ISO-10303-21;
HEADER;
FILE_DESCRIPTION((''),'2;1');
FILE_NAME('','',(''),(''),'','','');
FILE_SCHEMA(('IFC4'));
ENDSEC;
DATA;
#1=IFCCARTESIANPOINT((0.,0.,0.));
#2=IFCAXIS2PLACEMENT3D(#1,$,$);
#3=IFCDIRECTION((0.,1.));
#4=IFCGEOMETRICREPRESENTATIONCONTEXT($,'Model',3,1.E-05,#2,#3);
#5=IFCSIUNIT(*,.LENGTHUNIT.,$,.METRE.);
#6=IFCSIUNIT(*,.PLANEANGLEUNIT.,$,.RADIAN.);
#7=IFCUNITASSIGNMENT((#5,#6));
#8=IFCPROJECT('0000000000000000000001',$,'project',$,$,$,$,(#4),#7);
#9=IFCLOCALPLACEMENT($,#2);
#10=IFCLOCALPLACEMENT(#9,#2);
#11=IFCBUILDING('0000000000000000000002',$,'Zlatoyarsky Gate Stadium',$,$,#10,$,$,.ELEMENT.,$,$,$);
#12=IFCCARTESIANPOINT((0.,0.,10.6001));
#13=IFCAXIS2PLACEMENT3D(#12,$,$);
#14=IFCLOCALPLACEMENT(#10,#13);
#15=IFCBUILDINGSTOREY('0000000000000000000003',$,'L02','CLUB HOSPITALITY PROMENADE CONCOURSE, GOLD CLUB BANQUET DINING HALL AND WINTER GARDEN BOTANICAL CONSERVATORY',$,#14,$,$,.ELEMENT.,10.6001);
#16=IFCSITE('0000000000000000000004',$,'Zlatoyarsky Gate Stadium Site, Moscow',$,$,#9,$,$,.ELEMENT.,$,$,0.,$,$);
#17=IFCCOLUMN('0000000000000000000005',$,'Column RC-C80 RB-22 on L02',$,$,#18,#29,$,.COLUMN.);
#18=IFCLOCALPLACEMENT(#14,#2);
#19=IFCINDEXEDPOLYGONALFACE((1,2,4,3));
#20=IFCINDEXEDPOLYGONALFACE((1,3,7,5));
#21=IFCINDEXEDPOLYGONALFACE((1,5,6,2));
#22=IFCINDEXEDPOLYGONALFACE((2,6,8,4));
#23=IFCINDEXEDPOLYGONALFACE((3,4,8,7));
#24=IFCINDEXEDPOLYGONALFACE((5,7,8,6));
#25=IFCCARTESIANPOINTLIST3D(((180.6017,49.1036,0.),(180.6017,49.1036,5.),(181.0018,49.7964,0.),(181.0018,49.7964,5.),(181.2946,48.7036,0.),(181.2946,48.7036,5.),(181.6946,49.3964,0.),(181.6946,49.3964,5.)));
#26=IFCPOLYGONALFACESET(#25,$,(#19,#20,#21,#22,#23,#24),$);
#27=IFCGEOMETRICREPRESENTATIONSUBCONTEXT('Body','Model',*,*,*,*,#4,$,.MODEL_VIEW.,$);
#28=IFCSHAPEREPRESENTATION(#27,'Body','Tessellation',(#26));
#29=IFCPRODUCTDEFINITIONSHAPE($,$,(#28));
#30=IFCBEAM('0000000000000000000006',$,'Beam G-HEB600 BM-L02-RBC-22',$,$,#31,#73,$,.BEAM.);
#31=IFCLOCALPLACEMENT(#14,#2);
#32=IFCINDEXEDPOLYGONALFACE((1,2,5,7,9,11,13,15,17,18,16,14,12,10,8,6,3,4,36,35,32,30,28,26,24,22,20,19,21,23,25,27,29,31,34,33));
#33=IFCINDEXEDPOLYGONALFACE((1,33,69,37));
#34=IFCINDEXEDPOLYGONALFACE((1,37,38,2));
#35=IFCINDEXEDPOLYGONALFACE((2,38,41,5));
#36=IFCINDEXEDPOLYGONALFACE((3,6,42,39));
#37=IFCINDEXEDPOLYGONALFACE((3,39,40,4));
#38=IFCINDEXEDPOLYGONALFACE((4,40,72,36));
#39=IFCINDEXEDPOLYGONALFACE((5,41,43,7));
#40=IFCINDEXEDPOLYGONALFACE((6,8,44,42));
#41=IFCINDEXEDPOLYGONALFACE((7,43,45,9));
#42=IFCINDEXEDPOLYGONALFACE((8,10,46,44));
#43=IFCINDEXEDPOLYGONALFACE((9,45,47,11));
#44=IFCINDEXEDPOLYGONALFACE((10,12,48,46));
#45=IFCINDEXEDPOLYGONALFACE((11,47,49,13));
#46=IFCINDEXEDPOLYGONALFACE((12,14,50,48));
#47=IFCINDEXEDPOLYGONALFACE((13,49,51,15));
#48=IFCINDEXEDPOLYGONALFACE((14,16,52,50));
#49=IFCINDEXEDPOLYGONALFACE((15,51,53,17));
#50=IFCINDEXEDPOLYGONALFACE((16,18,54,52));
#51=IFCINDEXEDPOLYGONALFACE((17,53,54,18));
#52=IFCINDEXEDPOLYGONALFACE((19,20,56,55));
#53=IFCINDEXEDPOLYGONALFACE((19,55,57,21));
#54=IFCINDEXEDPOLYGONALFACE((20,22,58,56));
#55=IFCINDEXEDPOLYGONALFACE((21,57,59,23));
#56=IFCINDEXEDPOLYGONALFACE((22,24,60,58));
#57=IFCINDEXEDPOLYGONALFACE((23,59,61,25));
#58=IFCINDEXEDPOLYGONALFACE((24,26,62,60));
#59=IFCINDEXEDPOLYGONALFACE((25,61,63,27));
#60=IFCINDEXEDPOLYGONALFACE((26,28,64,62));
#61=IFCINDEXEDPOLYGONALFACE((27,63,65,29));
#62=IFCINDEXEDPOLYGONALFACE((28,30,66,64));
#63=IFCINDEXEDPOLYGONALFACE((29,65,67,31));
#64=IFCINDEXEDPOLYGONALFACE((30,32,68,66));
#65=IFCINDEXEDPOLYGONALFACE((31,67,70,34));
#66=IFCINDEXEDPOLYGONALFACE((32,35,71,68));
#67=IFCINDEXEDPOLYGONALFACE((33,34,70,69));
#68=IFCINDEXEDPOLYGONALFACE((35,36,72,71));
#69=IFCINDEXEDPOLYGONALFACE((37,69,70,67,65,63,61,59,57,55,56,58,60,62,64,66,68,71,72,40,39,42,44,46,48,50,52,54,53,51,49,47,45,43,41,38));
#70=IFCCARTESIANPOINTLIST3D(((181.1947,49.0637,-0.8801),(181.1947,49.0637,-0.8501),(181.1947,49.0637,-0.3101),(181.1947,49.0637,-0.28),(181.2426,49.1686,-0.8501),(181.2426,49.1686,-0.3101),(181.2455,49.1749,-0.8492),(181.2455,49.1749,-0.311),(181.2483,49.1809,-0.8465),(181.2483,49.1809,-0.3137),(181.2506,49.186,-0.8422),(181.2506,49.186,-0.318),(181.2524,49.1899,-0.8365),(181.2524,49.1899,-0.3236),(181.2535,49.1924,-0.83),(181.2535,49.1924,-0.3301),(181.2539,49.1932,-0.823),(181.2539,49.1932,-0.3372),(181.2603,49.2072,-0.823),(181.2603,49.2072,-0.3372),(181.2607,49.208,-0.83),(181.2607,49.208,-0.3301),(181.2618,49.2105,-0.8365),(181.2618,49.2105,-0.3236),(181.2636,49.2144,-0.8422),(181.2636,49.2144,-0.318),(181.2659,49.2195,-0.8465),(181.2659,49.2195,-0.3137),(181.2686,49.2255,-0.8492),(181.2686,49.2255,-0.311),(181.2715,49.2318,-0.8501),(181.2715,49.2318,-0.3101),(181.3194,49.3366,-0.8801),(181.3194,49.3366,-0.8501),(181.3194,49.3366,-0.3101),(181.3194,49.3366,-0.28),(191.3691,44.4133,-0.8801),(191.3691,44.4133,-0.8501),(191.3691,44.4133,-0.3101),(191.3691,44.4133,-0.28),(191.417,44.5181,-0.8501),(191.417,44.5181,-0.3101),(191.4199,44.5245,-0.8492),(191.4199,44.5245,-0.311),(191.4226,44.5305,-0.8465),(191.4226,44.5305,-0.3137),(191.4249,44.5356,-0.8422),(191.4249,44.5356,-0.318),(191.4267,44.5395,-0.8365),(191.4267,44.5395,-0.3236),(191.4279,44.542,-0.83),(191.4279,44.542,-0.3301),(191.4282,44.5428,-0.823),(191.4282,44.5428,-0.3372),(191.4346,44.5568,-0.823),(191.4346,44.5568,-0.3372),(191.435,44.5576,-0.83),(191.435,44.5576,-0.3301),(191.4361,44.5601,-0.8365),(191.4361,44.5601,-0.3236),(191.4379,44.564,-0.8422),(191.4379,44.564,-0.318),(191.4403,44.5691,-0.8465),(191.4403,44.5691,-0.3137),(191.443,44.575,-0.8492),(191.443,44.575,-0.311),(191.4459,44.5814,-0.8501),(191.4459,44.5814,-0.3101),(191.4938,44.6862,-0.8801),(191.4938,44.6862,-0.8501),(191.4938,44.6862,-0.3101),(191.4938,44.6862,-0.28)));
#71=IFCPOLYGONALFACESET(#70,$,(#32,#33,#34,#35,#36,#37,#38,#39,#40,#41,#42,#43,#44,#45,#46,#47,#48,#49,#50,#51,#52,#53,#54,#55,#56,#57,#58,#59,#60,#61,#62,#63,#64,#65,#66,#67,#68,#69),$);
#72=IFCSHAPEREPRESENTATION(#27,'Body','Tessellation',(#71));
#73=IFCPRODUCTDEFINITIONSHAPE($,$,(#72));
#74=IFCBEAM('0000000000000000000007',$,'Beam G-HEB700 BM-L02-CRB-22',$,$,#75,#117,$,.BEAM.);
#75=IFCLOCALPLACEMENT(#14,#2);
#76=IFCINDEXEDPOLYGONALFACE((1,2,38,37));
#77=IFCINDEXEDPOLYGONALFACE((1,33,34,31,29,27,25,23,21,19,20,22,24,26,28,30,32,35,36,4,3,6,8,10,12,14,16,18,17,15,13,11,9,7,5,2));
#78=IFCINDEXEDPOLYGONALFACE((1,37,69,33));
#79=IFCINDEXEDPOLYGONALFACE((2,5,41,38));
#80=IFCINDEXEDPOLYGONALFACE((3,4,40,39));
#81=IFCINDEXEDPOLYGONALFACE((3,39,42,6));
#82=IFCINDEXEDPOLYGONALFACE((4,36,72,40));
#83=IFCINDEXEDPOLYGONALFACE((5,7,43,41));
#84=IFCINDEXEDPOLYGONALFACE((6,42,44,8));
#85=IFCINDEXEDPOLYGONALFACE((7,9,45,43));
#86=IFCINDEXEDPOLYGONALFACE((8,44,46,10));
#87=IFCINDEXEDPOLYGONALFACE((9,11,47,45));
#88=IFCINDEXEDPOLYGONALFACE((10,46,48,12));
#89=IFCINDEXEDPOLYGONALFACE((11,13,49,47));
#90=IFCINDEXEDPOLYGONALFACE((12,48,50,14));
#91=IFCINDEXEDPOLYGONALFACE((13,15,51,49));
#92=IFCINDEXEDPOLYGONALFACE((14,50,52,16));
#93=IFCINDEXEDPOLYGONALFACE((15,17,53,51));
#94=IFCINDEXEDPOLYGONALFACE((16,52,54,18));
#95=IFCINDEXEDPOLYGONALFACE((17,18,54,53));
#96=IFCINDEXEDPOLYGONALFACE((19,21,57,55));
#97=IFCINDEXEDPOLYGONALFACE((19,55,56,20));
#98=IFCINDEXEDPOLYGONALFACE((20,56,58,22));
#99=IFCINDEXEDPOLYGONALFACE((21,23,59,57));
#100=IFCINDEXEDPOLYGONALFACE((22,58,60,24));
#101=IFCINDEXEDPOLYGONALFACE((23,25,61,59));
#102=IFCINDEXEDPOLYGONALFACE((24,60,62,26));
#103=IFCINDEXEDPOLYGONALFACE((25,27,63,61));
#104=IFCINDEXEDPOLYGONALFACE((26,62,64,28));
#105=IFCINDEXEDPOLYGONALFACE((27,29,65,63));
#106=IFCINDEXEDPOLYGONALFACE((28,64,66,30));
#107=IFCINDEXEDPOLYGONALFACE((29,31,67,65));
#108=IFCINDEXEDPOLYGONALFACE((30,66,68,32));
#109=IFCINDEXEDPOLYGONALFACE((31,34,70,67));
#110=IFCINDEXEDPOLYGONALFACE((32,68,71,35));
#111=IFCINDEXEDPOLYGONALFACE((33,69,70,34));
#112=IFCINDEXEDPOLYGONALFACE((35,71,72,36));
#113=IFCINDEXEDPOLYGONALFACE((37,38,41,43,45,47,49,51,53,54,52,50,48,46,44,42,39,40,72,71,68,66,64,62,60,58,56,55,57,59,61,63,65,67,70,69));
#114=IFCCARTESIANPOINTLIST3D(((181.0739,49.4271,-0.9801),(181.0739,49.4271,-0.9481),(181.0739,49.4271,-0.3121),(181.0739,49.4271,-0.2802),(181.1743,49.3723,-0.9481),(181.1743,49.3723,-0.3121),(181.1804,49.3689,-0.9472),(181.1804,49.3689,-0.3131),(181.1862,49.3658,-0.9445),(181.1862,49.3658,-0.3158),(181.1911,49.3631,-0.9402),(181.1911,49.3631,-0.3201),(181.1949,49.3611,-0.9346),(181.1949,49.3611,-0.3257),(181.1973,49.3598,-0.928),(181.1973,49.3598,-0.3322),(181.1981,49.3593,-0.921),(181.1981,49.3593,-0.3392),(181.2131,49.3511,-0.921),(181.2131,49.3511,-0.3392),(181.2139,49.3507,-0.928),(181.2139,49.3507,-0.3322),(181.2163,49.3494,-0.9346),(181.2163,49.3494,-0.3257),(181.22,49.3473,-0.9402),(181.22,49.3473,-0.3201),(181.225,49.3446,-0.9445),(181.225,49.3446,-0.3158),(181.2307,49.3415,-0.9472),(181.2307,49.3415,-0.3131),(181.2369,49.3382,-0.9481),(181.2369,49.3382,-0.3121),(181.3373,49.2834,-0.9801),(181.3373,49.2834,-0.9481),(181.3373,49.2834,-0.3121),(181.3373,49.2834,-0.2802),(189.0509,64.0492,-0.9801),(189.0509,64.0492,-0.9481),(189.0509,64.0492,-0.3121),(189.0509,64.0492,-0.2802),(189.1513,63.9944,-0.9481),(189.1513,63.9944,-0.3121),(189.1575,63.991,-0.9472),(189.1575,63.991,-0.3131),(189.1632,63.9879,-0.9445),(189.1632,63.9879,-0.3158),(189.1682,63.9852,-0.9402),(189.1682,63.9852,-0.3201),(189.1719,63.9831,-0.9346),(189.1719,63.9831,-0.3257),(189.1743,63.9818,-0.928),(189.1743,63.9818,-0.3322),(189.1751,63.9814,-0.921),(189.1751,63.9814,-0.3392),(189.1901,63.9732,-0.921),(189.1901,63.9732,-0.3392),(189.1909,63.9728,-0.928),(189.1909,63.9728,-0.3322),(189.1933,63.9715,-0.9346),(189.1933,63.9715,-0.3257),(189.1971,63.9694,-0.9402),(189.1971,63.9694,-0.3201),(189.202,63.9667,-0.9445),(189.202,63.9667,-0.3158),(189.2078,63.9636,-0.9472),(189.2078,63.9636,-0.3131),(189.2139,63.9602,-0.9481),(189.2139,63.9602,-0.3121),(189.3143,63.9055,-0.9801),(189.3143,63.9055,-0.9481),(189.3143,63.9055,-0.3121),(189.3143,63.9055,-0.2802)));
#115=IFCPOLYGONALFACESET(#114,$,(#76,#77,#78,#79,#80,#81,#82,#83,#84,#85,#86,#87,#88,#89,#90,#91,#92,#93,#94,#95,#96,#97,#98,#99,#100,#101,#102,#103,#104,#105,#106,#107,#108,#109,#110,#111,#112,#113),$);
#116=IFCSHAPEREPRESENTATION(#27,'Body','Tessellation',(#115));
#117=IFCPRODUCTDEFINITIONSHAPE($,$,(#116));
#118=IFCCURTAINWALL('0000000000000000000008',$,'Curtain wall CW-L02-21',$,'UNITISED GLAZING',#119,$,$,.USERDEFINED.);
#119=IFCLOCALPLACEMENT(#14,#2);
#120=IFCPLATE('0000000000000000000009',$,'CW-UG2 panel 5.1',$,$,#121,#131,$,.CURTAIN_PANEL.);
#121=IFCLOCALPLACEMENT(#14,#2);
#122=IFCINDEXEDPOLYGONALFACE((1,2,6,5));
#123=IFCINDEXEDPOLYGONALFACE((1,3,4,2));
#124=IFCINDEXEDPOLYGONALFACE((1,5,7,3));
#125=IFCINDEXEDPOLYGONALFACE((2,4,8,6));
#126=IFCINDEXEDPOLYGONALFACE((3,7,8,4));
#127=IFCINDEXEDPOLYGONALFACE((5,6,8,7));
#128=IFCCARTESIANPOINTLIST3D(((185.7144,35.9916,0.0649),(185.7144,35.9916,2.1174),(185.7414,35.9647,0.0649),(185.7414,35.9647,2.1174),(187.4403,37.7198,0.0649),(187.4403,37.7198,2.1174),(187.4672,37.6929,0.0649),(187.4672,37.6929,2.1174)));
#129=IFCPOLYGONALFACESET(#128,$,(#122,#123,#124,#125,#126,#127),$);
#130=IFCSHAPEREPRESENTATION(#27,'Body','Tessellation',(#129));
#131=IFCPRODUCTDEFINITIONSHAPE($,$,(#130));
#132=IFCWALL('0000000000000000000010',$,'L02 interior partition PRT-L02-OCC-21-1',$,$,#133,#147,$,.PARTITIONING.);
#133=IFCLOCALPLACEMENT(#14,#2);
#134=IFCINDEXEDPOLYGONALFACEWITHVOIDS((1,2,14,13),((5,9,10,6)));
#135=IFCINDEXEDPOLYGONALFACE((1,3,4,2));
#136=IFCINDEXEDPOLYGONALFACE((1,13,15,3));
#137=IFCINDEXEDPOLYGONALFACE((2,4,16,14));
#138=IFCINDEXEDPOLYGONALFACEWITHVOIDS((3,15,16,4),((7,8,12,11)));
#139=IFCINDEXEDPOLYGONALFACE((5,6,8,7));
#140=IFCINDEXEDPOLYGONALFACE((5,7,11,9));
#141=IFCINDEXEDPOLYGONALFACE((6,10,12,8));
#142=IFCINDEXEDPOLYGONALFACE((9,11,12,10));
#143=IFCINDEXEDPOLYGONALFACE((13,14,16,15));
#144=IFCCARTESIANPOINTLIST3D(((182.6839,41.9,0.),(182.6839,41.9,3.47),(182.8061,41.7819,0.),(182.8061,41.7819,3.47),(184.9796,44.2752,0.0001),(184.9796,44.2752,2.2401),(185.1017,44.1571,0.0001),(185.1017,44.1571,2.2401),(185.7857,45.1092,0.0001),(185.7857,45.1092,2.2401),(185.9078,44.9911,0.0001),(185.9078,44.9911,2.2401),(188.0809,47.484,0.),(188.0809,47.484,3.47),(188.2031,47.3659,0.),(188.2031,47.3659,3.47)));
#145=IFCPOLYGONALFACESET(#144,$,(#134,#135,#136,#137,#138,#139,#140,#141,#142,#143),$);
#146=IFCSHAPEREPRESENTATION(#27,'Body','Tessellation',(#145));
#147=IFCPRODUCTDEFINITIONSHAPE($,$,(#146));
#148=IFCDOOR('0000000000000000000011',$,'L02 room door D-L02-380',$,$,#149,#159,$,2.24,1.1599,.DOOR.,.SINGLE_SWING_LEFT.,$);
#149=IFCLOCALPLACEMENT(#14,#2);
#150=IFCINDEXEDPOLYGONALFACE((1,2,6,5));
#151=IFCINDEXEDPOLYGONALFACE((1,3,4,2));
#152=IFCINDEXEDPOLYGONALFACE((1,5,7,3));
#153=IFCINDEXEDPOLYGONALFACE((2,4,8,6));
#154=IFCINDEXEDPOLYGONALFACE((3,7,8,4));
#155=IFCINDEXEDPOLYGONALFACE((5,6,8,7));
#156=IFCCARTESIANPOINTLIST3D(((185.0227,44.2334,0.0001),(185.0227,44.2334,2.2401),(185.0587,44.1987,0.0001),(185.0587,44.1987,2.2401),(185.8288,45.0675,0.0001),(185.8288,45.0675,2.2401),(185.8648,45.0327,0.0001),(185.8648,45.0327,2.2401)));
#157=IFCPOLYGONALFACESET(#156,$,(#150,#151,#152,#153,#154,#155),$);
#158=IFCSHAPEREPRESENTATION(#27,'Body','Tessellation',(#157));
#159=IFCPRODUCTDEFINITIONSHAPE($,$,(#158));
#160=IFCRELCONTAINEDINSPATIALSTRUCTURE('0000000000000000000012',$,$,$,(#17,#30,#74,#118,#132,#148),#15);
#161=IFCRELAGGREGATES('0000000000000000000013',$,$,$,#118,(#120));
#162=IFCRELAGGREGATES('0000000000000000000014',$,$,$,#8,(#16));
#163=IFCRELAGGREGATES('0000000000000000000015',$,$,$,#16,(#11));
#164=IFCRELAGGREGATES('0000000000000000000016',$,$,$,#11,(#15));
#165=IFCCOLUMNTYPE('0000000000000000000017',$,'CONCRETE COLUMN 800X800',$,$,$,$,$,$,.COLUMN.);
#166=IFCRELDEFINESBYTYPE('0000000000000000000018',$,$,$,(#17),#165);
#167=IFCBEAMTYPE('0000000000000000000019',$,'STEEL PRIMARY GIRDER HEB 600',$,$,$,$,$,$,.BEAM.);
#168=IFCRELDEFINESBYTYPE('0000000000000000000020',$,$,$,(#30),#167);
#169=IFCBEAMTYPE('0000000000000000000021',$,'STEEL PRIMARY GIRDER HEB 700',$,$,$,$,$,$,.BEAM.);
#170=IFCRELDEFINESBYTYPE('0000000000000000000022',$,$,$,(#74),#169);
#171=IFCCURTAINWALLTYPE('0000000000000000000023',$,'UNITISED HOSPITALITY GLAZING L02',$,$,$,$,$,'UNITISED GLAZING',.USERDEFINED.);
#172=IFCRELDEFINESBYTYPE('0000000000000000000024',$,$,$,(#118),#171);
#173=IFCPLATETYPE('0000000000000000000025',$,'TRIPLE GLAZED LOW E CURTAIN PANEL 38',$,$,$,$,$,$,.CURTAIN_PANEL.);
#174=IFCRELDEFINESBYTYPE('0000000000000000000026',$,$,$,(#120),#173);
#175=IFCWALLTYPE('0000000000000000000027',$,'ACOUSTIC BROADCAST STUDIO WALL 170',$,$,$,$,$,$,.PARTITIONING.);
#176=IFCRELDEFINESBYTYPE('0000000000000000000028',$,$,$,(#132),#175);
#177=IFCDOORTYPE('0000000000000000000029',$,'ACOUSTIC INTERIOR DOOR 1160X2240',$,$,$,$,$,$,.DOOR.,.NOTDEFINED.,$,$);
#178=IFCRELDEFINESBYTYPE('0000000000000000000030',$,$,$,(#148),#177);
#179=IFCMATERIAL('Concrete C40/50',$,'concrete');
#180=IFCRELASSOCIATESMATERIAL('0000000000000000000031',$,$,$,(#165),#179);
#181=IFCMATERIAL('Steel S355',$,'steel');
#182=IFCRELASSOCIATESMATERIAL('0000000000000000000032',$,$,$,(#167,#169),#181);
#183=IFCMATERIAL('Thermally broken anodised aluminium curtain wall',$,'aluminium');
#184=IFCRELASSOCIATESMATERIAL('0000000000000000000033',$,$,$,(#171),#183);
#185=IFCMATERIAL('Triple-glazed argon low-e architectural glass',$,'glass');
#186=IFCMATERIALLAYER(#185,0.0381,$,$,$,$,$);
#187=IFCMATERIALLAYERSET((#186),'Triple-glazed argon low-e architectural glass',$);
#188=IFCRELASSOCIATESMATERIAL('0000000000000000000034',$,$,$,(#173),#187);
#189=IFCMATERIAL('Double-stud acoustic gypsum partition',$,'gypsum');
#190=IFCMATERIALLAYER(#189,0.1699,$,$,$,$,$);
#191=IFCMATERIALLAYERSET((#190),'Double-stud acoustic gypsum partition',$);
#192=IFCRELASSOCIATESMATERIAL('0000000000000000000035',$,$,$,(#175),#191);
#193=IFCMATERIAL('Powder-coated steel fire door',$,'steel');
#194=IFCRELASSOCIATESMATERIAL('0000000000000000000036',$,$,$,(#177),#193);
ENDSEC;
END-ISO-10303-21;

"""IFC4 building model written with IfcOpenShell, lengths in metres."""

from ifc_helpers import new_model, si_unit, direction, frame, frame_2d, origin, origin_2d, place, context, subcontext, project, spatial, rectangle, i_section, extrude, material, layer, layer_set, material_profile, profile_set, type_object, element, fill, aggregate, save


model = new_model("IFC4")

# Units and contexts
model_context = context("Model", 3, precision=1e-05, world=origin(), true_north=direction((0.0, 1.0)))
body_context = subcontext(model_context, "Body", "Model", "MODEL_VIEW")
ifc_project = project(units=[si_unit("LENGTHUNIT", "METRE"), si_unit("PLANEANGLEUNIT", "RADIAN")], contexts=[model_context])

# Site, building, storey
site_placement = place(None, origin())
site = spatial("IfcSite", under=ifc_project, at=site_placement, Name="Zlatoyarsky Gate Stadium Site, Moscow", CompositionType="ELEMENT", RefElevation=0.0)
building_placement = place(site_placement, origin())
building = spatial("IfcBuilding", under=site, at=building_placement, Name="Zlatoyarsky Gate Stadium", CompositionType="ELEMENT")
storey_placement = place(building_placement, frame((0.0, 0.0, 10.6001)))
storey = spatial("IfcBuildingStorey", under=building, at=storey_placement, Name="L02", Description="CLUB HOSPITALITY PROMENADE CONCOURSE, GOLD CLUB BANQUET DINING HALL AND WINTER GARDEN BOTANICAL CONSERVATORY", CompositionType="ELEMENT", Elevation=10.6001)

# Column
ifc_material_1 = material(Name="Concrete C40/50", Category="concrete")
ifc_material_profile_1 = material_profile(ifc_material_1, rectangle(XDim=0.8, YDim=0.8, at=origin_2d()), Name="RC COL 800X800")
ifc_profile_set_1 = profile_set([ifc_material_profile_1], Name="Concrete C40/50")
column_type = type_object("IfcColumnType", Name="CONCRETE COLUMN 800X800", PredefinedType="COLUMN", material=ifc_profile_set_1)
column_placement = place(storey_placement, frame((181.1482, 49.25, 0.0), z_axis=(0.0, 0.0, 1.0), x_axis=(0.866025, -0.5, 0.0)))
element("IfcColumn", 1, at=column_placement, inside=storey, type_object=column_type, Name="Column RC-C80 RB-22 on L02", PredefinedType="COLUMN", context=body_context, shape_type="SweptSolid", body=[
    extrude(rectangle(XDim=0.8, YDim=0.8, at=origin_2d()), origin(), (0.0, 0.0, 1.0), 5.0),
])

# Beams
ifc_material_2 = material(Name="Steel S355", Category="steel")
ifc_material_profile_2 = material_profile(ifc_material_2, i_section(OverallWidth=0.3, OverallDepth=0.6001, WebThickness=0.0154, FlangeThickness=0.03, FilletRadius=0.0271, at=origin_2d()), Name="HEB 600")
ifc_profile_set_2 = profile_set([ifc_material_profile_2], Name="Steel S355")
beam_type_1 = type_object("IfcBeamType", Name="STEEL PRIMARY GIRDER HEB 600", PredefinedType="BEAM", material=ifc_profile_set_2)
beam_1_placement = place(storey_placement, frame((181.2571, 49.2002, -0.5801), z_axis=(0.909499, -0.415706, 0.0), x_axis=(0.415706, 0.909499, 0.0)))
element("IfcBeam", 2, at=beam_1_placement, inside=storey, type_object=beam_type_1, Name="Beam G-HEB600 BM-L02-RBC-22", PredefinedType="BEAM", context=body_context, shape_type="SweptSolid", body=[
    extrude(i_section(OverallWidth=0.3, OverallDepth=0.6001, WebThickness=0.0154, FlangeThickness=0.03, FilletRadius=0.0271, at=origin_2d()), origin(), (0.0, 0.0, 1.0), 11.1868),
])
ifc_material_profile_3 = material_profile(ifc_material_2, i_section(OverallWidth=0.3, OverallDepth=0.7, WebThickness=0.0171, FlangeThickness=0.032, FilletRadius=0.0271, at=origin_2d()), Name="HEB 700")
ifc_profile_set_3 = profile_set([ifc_material_profile_3], Name="Steel S355")
beam_type_2 = type_object("IfcBeamType", Name="STEEL PRIMARY GIRDER HEB 700", PredefinedType="BEAM", material=ifc_profile_set_3)
beam_2_placement = place(storey_placement, frame((181.2056, 49.3552, -0.6301), z_axis=(0.478916, 0.877861, 0.0), x_axis=(-0.877861, 0.478916, 0.0)))
element("IfcBeam", 3, at=beam_2_placement, inside=storey, type_object=beam_type_2, Name="Beam G-HEB700 BM-L02-CRB-22", PredefinedType="BEAM", context=body_context, shape_type="SweptSolid", body=[
    extrude(i_section(OverallWidth=0.3, OverallDepth=0.7, WebThickness=0.0171, FlangeThickness=0.032, FilletRadius=0.0271, at=origin_2d()), origin(), (0.0, 0.0, 1.0), 16.6565),
])

# Curtain wall, plate
ifc_material_3 = material(Name="Thermally broken anodised aluminium curtain wall", Category="aluminium")
curtain_wall_type = type_object("IfcCurtainWallType", Name="UNITISED HOSPITALITY GLAZING L02", ElementType="UNITISED GLAZING", PredefinedType="USERDEFINED", material=ifc_material_3)
curtain_wall_placement = place(storey_placement, origin())
curtain_wall = element("IfcCurtainWall", 4, at=curtain_wall_placement, inside=storey, type_object=curtain_wall_type, Name="Curtain wall CW-L02-21", ObjectType="UNITISED GLAZING", PredefinedType="USERDEFINED")
ifc_material_4 = material(Name="Triple-glazed argon low-e architectural glass", Category="glass")
ifc_layer_1 = layer(ifc_material_4, 0.0381)
ifc_layer_set_1 = layer_set([ifc_layer_1], Name="Triple-glazed argon low-e architectural glass")
plate_type = type_object("IfcPlateType", Name="TRIPLE GLAZED LOW E CURTAIN PANEL 38", PredefinedType="CURTAIN_PANEL", material=ifc_layer_set_1)
plate_placement = place(storey_placement, frame((186.5908, 36.8423, 0.0649), z_axis=(0.0, 0.0, 1.0), x_axis=(0.706628, 0.707585, 0.0)))
plate = element("IfcPlate", 5, at=plate_placement, type_object=plate_type, Name="CW-UG2 panel 5.1", PredefinedType="CURTAIN_PANEL", context=body_context, shape_type="SweptSolid", body=[
    extrude(rectangle(XDim=2.4424, YDim=0.0381, at=origin_2d()), origin(), (0.0, 0.0, 1.0), 2.0525),
])
aggregate(curtain_wall, [plate])

# Wall, opening, door
ifc_material_5 = material(Name="Double-stud acoustic gypsum partition", Category="gypsum")
ifc_layer_2 = layer(ifc_material_5, 0.1699)
ifc_layer_set_2 = layer_set([ifc_layer_2], Name="Double-stud acoustic gypsum partition")
wall_type_1 = type_object("IfcWallType", Name="ACOUSTIC BROADCAST STUDIO WALL 170", PredefinedType="PARTITIONING", material=ifc_layer_set_2)
wall_1_placement = place(storey_placement, frame((182.7451, 41.8411, 0.0), z_axis=(0.0, 0.0, 1.0), x_axis=(0.694964, 0.719045, 0.0)))
wall_1 = element("IfcWall", 6, at=wall_1_placement, inside=storey, type_object=wall_type_1, Name="L02 interior partition PRT-L02-OCC-21-1", PredefinedType="PARTITIONING", context=body_context, shape_type="SweptSolid", body=[
    extrude(rectangle(XDim=7.7659, YDim=0.1699, at=frame_2d((3.8828, 0.0))), origin(), (0.0, 0.0, 1.0), 3.47),
])
opening_1_placement = place(wall_1_placement, frame((3.303, 0.0, 0.0)))
opening_1 = element("IfcOpeningElement", 7, at=opening_1_placement, cuts=wall_1, PredefinedType="OPENING", context=body_context, shape_type="SweptSolid", body=[
    extrude(rectangle(XDim=1.1599, YDim=2.24, at=frame_2d((0.5801, 1.1201))), frame((0.0, 0.095, 0.0), z_axis=(0.0, -1.0, 0.0), x_axis=(1.0, 0.0, 0.0)), (0.0, 0.0, 1.0), 0.1899),
])
ifc_material_6 = material(Name="Powder-coated steel fire door", Category="steel")
door_type_1 = type_object("IfcDoorType", Name="ACOUSTIC INTERIOR DOOR 1160X2240", OperationType="NOTDEFINED", PredefinedType="DOOR", material=ifc_material_6)
door_1_placement = place(opening_1_placement, origin())
door_1 = element("IfcDoor", 8, at=door_1_placement, inside=storey, type_object=door_type_1, Name="L02 room door D-L02-380", OperationType="SINGLE_SWING_LEFT", OverallHeight=2.24, OverallWidth=1.1599, PredefinedType="DOOR", context=body_context, shape_type="SweptSolid", body=[
    extrude(rectangle(XDim=1.1599, YDim=2.24, at=frame_2d((0.5801, 1.1201))), frame((0.0, 0.0249, 0.0), z_axis=(0.0, -1.0, 0.0), x_axis=(1.0, 0.0, 0.0)), (0.0, 0.0, 1.0), 0.05),
])
fill(opening_1, door_1)

save(model, "model.ifc")
